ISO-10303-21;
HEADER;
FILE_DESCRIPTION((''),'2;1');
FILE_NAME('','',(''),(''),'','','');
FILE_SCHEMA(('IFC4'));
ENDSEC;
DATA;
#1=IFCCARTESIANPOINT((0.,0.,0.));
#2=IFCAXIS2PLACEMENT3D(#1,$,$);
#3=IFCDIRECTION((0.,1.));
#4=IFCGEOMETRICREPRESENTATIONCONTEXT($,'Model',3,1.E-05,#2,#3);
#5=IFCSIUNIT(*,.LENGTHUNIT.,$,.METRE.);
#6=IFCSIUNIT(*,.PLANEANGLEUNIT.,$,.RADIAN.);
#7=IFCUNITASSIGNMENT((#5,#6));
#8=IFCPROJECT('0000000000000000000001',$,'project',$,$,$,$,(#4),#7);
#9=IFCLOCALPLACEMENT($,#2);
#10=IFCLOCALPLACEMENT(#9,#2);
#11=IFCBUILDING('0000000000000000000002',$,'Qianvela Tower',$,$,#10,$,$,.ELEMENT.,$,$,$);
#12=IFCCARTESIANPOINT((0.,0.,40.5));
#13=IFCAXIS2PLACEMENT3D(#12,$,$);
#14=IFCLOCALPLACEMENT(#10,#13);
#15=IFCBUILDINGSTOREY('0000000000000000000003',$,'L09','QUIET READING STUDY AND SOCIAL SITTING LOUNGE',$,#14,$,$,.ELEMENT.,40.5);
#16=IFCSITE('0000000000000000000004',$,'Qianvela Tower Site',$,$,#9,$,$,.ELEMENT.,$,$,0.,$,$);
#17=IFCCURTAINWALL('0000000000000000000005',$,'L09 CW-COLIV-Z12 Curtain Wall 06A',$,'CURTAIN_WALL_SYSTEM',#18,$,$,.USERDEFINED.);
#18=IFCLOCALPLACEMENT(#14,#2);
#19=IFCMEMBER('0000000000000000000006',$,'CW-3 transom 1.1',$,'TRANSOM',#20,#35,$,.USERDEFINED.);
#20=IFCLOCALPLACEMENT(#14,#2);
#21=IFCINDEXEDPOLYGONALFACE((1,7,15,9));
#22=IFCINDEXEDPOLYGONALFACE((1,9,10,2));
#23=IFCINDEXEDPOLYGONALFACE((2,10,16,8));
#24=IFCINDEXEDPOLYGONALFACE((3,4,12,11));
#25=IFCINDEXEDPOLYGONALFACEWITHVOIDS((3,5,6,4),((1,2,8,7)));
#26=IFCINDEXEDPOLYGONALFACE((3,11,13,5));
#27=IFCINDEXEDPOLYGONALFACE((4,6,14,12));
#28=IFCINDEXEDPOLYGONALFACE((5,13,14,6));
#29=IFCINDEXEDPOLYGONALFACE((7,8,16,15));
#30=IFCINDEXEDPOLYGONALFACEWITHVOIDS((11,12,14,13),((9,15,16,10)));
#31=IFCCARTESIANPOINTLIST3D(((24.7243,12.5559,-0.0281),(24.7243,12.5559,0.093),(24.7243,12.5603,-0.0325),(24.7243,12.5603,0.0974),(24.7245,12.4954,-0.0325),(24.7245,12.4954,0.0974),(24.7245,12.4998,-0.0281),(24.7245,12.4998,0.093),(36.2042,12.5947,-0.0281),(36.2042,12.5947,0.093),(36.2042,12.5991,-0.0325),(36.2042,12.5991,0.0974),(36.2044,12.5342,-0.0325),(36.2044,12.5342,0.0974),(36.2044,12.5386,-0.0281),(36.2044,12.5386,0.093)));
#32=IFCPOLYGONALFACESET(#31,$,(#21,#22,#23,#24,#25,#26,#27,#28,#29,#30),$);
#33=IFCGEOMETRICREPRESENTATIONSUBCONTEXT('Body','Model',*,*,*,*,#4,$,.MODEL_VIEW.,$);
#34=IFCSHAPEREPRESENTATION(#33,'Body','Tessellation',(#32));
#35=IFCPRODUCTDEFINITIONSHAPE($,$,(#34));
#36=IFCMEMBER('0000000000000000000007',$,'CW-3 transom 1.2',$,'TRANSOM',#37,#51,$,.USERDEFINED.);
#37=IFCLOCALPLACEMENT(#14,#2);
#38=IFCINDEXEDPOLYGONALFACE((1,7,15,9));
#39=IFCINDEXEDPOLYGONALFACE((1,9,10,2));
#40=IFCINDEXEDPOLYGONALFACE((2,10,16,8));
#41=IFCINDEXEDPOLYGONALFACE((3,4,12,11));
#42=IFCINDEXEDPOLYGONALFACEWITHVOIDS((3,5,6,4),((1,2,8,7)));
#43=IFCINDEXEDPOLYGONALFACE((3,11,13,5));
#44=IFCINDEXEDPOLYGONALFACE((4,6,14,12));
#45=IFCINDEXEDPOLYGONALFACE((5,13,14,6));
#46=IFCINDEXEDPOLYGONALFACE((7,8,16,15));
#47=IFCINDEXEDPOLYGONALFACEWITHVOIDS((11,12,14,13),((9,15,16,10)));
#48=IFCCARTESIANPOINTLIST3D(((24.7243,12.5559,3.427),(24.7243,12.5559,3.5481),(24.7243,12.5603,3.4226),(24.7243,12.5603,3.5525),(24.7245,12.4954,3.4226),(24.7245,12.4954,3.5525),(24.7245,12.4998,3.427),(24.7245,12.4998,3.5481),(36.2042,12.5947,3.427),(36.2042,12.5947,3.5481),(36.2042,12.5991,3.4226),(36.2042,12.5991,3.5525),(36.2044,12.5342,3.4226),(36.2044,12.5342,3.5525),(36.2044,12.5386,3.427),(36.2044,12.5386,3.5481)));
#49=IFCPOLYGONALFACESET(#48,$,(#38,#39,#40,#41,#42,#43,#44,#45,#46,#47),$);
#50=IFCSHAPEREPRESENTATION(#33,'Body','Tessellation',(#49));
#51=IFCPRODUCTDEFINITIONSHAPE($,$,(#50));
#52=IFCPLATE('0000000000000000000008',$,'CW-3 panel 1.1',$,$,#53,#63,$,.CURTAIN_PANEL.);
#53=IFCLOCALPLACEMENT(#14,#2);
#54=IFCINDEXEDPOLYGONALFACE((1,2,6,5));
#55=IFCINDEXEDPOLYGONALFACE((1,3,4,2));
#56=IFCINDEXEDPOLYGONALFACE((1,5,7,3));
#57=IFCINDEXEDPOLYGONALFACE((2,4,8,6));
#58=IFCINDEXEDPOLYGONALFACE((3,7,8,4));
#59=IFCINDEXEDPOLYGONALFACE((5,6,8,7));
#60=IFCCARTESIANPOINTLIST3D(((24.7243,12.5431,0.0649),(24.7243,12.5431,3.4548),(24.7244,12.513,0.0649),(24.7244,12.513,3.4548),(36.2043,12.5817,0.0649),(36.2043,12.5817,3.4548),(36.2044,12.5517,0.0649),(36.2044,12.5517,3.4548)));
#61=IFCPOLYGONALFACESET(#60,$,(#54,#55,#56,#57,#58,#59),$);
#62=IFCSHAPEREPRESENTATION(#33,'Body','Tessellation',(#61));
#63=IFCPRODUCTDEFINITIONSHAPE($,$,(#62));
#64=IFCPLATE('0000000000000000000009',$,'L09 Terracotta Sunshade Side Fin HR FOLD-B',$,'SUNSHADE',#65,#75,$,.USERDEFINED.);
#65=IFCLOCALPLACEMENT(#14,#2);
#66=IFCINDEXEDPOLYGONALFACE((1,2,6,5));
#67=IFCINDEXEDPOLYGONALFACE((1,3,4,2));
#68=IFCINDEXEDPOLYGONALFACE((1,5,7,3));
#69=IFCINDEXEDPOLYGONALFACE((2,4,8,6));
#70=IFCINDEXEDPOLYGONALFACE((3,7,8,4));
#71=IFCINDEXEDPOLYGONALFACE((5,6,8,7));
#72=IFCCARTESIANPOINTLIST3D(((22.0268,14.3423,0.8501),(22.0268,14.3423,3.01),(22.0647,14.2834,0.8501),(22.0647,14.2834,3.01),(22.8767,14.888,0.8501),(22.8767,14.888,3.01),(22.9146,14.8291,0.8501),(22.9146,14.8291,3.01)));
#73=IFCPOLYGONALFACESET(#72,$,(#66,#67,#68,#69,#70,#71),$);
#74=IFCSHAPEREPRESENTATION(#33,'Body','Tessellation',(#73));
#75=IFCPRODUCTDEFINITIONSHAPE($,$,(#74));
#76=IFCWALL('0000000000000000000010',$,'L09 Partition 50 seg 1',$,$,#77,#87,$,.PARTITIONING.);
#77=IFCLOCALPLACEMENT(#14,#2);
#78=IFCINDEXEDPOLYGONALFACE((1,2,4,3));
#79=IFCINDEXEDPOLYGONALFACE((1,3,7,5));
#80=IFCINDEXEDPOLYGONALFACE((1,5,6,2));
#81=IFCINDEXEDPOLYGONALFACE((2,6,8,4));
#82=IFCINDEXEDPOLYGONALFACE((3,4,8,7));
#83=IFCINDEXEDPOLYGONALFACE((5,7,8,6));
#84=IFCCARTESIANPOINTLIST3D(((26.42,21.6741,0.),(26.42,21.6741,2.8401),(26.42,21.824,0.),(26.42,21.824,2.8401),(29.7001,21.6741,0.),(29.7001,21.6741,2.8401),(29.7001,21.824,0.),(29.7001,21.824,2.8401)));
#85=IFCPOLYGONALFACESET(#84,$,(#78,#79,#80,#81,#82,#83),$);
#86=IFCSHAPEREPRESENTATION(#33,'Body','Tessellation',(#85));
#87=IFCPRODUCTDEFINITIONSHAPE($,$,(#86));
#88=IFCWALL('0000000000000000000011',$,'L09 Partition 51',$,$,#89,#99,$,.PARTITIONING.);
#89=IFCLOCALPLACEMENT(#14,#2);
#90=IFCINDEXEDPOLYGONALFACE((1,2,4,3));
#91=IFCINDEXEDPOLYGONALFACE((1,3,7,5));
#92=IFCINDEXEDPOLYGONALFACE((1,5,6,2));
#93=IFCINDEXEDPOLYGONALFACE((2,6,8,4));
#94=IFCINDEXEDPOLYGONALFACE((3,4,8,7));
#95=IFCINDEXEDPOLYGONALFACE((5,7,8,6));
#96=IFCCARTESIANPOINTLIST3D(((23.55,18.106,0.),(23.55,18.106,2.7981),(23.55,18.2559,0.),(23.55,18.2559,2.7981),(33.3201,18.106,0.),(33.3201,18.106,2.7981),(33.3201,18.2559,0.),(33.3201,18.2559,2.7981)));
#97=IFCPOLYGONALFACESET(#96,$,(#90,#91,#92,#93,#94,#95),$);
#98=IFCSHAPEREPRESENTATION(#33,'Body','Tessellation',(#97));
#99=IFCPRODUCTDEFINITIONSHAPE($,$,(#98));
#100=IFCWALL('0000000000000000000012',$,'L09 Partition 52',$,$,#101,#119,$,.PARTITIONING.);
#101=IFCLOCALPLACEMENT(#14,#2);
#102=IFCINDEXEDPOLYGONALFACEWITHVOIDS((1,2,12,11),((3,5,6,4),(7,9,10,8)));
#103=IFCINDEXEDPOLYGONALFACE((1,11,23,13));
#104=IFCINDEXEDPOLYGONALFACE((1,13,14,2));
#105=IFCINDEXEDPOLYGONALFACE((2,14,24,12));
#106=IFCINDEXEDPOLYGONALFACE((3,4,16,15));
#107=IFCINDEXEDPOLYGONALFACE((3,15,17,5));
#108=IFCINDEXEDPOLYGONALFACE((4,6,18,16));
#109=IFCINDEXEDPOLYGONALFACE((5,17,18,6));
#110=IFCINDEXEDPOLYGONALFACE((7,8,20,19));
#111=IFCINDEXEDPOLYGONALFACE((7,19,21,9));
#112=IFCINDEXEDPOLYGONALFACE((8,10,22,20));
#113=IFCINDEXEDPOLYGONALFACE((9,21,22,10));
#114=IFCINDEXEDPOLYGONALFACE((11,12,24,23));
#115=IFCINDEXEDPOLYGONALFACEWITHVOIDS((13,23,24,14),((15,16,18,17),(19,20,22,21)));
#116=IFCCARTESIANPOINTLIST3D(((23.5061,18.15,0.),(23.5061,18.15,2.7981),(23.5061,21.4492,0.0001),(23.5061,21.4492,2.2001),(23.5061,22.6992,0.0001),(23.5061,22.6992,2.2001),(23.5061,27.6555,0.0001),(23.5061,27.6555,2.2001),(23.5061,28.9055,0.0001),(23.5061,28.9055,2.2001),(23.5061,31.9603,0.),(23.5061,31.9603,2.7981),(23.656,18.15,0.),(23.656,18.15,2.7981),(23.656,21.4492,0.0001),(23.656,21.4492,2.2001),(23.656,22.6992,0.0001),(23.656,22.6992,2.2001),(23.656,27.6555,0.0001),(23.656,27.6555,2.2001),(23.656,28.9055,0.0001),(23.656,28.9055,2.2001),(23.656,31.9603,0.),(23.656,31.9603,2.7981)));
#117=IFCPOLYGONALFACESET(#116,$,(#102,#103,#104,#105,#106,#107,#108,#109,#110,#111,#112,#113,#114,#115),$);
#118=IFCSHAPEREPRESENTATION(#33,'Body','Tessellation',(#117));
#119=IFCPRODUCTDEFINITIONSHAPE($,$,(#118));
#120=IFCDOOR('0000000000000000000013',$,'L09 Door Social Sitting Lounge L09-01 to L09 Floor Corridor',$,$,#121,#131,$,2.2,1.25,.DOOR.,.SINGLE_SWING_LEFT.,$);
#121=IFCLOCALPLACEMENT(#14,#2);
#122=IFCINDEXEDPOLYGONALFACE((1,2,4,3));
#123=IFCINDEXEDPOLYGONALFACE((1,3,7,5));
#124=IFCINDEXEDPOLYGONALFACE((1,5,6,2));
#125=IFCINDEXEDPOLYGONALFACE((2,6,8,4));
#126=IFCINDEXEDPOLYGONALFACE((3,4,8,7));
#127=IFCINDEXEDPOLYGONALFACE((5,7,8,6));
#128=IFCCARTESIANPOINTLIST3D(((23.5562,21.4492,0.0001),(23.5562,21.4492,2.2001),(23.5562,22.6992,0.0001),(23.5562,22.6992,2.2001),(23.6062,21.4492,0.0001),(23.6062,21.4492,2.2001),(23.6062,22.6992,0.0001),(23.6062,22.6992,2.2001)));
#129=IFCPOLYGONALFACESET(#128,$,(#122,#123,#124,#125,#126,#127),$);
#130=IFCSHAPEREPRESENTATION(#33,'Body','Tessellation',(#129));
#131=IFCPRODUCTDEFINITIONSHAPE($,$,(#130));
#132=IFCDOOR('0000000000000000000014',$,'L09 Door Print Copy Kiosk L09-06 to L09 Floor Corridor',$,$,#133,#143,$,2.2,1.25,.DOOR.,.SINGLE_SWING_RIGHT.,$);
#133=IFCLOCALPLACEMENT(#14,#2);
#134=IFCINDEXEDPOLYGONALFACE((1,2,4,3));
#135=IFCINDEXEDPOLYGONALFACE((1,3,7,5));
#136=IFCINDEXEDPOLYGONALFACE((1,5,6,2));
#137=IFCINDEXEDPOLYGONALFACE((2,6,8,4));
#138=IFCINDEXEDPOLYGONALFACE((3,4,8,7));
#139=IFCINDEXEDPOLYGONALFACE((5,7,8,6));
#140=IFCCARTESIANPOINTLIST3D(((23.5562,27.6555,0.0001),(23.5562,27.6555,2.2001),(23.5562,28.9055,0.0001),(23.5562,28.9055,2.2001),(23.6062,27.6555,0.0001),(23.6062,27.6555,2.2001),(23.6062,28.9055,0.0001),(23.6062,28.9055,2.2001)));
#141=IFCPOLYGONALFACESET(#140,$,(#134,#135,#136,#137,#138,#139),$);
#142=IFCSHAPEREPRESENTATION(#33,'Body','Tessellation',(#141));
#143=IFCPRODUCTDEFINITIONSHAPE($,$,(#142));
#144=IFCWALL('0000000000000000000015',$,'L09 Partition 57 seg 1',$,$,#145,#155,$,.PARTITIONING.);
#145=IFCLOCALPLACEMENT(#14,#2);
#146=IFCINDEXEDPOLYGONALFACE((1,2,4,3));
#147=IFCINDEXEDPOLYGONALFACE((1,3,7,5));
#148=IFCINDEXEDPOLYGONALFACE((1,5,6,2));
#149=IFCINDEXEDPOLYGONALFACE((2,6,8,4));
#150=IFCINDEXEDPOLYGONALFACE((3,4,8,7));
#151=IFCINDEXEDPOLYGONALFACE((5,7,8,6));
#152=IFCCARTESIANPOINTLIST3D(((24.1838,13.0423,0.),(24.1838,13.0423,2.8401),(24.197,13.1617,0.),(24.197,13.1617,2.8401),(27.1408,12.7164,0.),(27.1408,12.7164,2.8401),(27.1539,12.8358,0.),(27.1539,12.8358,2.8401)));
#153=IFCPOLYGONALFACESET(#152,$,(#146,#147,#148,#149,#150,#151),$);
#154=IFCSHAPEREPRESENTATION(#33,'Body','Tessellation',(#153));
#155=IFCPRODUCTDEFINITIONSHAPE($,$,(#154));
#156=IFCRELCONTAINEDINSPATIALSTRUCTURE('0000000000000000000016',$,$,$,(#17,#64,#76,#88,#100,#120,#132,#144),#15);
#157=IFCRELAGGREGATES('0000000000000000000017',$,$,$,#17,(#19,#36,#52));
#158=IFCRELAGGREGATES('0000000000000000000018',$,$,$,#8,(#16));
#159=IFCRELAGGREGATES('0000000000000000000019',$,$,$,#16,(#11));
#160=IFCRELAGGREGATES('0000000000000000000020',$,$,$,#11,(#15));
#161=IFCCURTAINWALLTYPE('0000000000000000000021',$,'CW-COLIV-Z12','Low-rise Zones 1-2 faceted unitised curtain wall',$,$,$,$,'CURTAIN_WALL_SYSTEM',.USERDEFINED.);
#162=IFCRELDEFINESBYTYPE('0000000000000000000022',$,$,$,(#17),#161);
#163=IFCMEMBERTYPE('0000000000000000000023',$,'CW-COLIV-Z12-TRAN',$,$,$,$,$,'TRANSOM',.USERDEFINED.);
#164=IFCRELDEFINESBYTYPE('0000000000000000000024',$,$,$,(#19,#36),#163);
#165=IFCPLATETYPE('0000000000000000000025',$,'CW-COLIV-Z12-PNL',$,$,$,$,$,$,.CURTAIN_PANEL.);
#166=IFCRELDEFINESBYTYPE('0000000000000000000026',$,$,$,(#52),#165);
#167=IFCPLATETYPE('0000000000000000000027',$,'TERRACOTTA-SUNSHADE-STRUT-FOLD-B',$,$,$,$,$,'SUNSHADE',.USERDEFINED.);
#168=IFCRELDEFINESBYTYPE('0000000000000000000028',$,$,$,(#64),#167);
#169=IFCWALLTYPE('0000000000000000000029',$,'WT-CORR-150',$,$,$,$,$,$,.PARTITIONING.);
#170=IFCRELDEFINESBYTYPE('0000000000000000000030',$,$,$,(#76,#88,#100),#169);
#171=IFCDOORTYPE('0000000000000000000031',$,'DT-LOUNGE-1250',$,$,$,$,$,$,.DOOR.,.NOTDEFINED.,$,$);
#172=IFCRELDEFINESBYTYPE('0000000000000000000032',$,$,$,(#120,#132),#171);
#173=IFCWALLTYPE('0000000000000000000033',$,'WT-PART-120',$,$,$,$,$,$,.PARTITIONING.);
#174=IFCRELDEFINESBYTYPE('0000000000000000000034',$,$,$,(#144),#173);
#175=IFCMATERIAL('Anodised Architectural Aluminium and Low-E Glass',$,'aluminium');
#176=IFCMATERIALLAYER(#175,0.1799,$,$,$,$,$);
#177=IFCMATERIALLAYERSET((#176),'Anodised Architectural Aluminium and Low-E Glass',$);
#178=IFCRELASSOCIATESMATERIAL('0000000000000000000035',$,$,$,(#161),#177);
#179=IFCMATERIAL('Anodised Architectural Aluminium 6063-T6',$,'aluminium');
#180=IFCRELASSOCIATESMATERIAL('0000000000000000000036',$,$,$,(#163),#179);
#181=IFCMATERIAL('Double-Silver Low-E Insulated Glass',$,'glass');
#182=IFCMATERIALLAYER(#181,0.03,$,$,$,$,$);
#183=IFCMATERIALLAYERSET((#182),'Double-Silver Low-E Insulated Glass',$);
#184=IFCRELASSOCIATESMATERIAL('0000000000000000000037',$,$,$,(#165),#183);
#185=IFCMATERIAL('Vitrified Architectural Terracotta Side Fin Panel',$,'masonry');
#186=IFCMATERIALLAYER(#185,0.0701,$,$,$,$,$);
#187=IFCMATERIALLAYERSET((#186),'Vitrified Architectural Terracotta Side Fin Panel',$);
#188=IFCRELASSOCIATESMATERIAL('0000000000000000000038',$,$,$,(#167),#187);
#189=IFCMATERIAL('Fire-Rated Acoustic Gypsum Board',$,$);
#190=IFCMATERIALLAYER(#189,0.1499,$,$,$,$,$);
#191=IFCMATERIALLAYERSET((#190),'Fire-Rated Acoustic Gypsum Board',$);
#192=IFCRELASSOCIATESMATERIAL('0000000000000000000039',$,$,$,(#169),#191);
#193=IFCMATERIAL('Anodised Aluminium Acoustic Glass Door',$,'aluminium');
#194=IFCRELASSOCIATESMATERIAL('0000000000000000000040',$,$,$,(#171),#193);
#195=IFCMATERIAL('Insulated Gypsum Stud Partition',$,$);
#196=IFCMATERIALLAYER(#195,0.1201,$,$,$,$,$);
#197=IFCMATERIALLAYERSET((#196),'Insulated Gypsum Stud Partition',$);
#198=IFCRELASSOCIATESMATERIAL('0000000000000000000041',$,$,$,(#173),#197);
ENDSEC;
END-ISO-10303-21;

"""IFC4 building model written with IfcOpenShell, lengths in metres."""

from ifc_helpers import new_model, si_unit, direction, frame, frame_2d, origin, origin_2d, place, context, subcontext, project, spatial, rectangle, hollow_rectangle, extrude, material, layer, layer_set, material_profile, profile_set, type_object, element, fill, aggregate, save


model = new_model("IFC4")

# Units and contexts
model_context = context("Model", 3, precision=1e-05, world=origin(), true_north=direction((0.0, 1.0)))
body_context = subcontext(model_context, "Body", "Model", "MODEL_VIEW")
ifc_project = project(units=[si_unit("LENGTHUNIT", "METRE"), si_unit("PLANEANGLEUNIT", "RADIAN")], contexts=[model_context])

# Site, building, storey
site_placement = place(None, origin())
site = spatial("IfcSite", under=ifc_project, at=site_placement, Name="Qianvela Tower Site", CompositionType="ELEMENT", RefElevation=0.0)
building_placement = place(site_placement, origin())
building = spatial("IfcBuilding", under=site, at=building_placement, Name="Qianvela Tower", CompositionType="ELEMENT")
storey_placement = place(building_placement, frame((0.0, 0.0, 40.5)))
storey = spatial("IfcBuildingStorey", under=building, at=storey_placement, Name="L09", Description="QUIET READING STUDY AND SOCIAL SITTING LOUNGE", CompositionType="ELEMENT", Elevation=40.5)

# Curtain wall, members, plate
ifc_material_1 = material(Name="Anodised Architectural Aluminium and Low-E Glass", Category="aluminium")
ifc_layer_1 = layer(ifc_material_1, 0.1799)
ifc_layer_set_1 = layer_set([ifc_layer_1], Name="Anodised Architectural Aluminium and Low-E Glass")
curtain_wall_type = type_object("IfcCurtainWallType", Name="CW-COLIV-Z12", Description="Low-rise Zones 1-2 faceted unitised curtain wall", ElementType="CURTAIN_WALL_SYSTEM", PredefinedType="USERDEFINED", material=ifc_layer_set_1)
curtain_wall_placement = place(storey_placement, origin())
curtain_wall = element("IfcCurtainWall", 1, at=curtain_wall_placement, inside=storey, type_object=curtain_wall_type, Name="L09 CW-COLIV-Z12 Curtain Wall 06A", ObjectType="CURTAIN_WALL_SYSTEM", PredefinedType="USERDEFINED")
ifc_material_2 = material(Name="Anodised Architectural Aluminium 6063-T6", Category="aluminium")
ifc_material_profile_1 = material_profile(ifc_material_2, hollow_rectangle(XDim=0.0649, YDim=0.1299, WallThickness=0.0044, at=origin_2d()), Name="ALU-TRAN-65x130")
ifc_profile_set_1 = profile_set([ifc_material_profile_1], Name="Anodised Architectural Aluminium 6063-T6")
member_type_1 = type_object("IfcMemberType", Name="CW-COLIV-Z12-TRAN", ElementType="TRANSOM", PredefinedType="USERDEFINED", material=ifc_profile_set_1)
member_1_placement = place(storey_placement, frame((24.7244, 12.5278, 0.0325), z_axis=(0.999994, 0.003381, 0.0), x_axis=(-0.003381, 0.999994, 0.0)))
member_1 = element("IfcMember", 2, at=member_1_placement, type_object=member_type_1, Name="CW-3 transom 1.1", ObjectType="TRANSOM", PredefinedType="USERDEFINED", context=body_context, shape_type="SweptSolid", body=[
    extrude(hollow_rectangle(XDim=0.0649, YDim=0.1299, WallThickness=0.0044, at=origin_2d()), origin(), (0.0, 0.0, 1.0), 11.48),
])
member_2_placement = place(storey_placement, frame((24.7244, 12.5278, 3.4875), z_axis=(0.999994, 0.003381, 0.0), x_axis=(-0.003381, 0.999994, 0.0)))
member_2 = element("IfcMember", 3, at=member_2_placement, type_object=member_type_1, Name="CW-3 transom 1.2", ObjectType="TRANSOM", PredefinedType="USERDEFINED", context=body_context, shape_type="SweptSolid", body=[
    extrude(hollow_rectangle(XDim=0.0649, YDim=0.1299, WallThickness=0.0044, at=origin_2d()), origin(), (0.0, 0.0, 1.0), 11.48),
])
ifc_material_3 = material(Name="Double-Silver Low-E Insulated Glass", Category="glass")
ifc_layer_2 = layer(ifc_material_3, 0.03)
ifc_layer_set_2 = layer_set([ifc_layer_2], Name="Double-Silver Low-E Insulated Glass")
plate_type_1 = type_object("IfcPlateType", Name="CW-COLIV-Z12-PNL", PredefinedType="CURTAIN_PANEL", material=ifc_layer_set_2)
plate_1_placement = place(storey_placement, frame((30.4644, 12.5474, 0.0649), z_axis=(0.0, 0.0, 1.0), x_axis=(0.999994, 0.003365, 0.0)))
plate_1 = element("IfcPlate", 4, at=plate_1_placement, type_object=plate_type_1, Name="CW-3 panel 1.1", PredefinedType="CURTAIN_PANEL", context=body_context, shape_type="SweptSolid", body=[
    extrude(rectangle(XDim=11.48, YDim=0.03, at=origin_2d()), origin(), (0.0, 0.0, 1.0), 3.3899),
])
aggregate(curtain_wall, [member_1, member_2, plate_1])

# Plate
ifc_material_4 = material(Name="Vitrified Architectural Terracotta Side Fin Panel", Category="masonry")
ifc_layer_3 = layer(ifc_material_4, 0.0701)
ifc_layer_set_3 = layer_set([ifc_layer_3], Name="Vitrified Architectural Terracotta Side Fin Panel")
plate_type_2 = type_object("IfcPlateType", Name="TERRACOTTA-SUNSHADE-STRUT-FOLD-B", ElementType="SUNSHADE", PredefinedType="USERDEFINED", material=ifc_layer_set_3)
plate_2_placement = place(storey_placement, frame((22.4707, 14.5857, 0.8501), z_axis=(0.0, 0.0, 1.0), x_axis=(0.540301, -0.841472, 0.0)))
element("IfcPlate", 5, at=plate_2_placement, inside=storey, type_object=plate_type_2, Name="L09 Terracotta Sunshade Side Fin HR FOLD-B", ObjectType="SUNSHADE", PredefinedType="USERDEFINED", context=body_context, shape_type="SweptSolid", body=[
    extrude(rectangle(XDim=0.0701, YDim=1.01, at=origin_2d()), origin(), (0.0, 0.0, 1.0), 2.1599),
])

# Walls
ifc_material_5 = material(Name="Fire-Rated Acoustic Gypsum Board")
ifc_layer_4 = layer(ifc_material_5, 0.1499)
ifc_layer_set_4 = layer_set([ifc_layer_4], Name="Fire-Rated Acoustic Gypsum Board")
wall_type_1 = type_object("IfcWallType", Name="WT-CORR-150", PredefinedType="PARTITIONING", material=ifc_layer_set_4)
wall_1_placement = place(storey_placement, frame((26.4199, 21.749, 0.0), z_axis=(0.0, 0.0, 1.0), x_axis=(1.0, 0.0, 0.0)))
element("IfcWall", 6, at=wall_1_placement, inside=storey, type_object=wall_type_1, Name="L09 Partition 50 seg 1", PredefinedType="PARTITIONING", context=body_context, shape_type="SweptSolid", body=[
    extrude(rectangle(XDim=3.28, YDim=0.1499, at=frame_2d((1.6401, 0.0))), origin(), (0.0, 0.0, 1.0), 2.8401),
])
wall_2_placement = place(storey_placement, frame((33.3201, 18.1809, 0.0), z_axis=(0.0, 0.0, 1.0), x_axis=(-1.0, 0.0, 0.0)))
element("IfcWall", 7, at=wall_2_placement, inside=storey, type_object=wall_type_1, Name="L09 Partition 51", PredefinedType="PARTITIONING", context=body_context, shape_type="SweptSolid", body=[
    extrude(rectangle(XDim=9.77, YDim=0.1499, at=frame_2d((4.885, 0.0))), origin(), (0.0, 0.0, 1.0), 2.7981),
])

# Wall, openings, doors
wall_3_placement = place(storey_placement, frame((23.5811, 18.1499, 0.0), z_axis=(0.0, 0.0, 1.0), x_axis=(0.0, 1.0, 0.0)))
wall_3 = element("IfcWall", 8, at=wall_3_placement, inside=storey, type_object=wall_type_1, Name="L09 Partition 52", PredefinedType="PARTITIONING", context=body_context, shape_type="SweptSolid", body=[
    extrude(rectangle(XDim=13.8103, YDim=0.1499, at=frame_2d((6.9053, 0.0))), origin(), (0.0, 0.0, 1.0), 2.7981),
])
opening_1_placement = place(wall_3_placement, frame((3.2993, 0.0, 0.0)))
opening_1 = element("IfcOpeningElement", 9, at=opening_1_placement, cuts=wall_3, PredefinedType="OPENING", context=body_context, shape_type="SweptSolid", body=[
    extrude(rectangle(XDim=1.25, YDim=2.2, at=frame_2d((0.625, 1.1001))), frame((0.0, 0.085, 0.0), z_axis=(0.0, -1.0, 0.0), x_axis=(1.0, 0.0, 0.0)), (0.0, 0.0, 1.0), 0.1699),
])
opening_2_placement = place(wall_3_placement, frame((9.5056, 0.0, 0.0)))
opening_2 = element("IfcOpeningElement", 10, at=opening_2_placement, cuts=wall_3, PredefinedType="OPENING", context=body_context, shape_type="SweptSolid", body=[
    extrude(rectangle(XDim=1.25, YDim=2.2, at=frame_2d((0.625, 1.1001))), frame((0.0, 0.085, 0.0), z_axis=(0.0, -1.0, 0.0), x_axis=(1.0, 0.0, 0.0)), (0.0, 0.0, 1.0), 0.1699),
])
ifc_material_6 = material(Name="Anodised Aluminium Acoustic Glass Door", Category="aluminium")
door_type = type_object("IfcDoorType", Name="DT-LOUNGE-1250", OperationType="NOTDEFINED", PredefinedType="DOOR", material=ifc_material_6)
door_1_placement = place(opening_1_placement, origin())
door_1 = element("IfcDoor", 11, at=door_1_placement, inside=storey, type_object=door_type, Name="L09 Door Social Sitting Lounge L09-01 to L09 Floor Corridor", OperationType="SINGLE_SWING_LEFT", OverallHeight=2.2, OverallWidth=1.25, PredefinedType="DOOR", context=body_context, shape_type="SweptSolid", body=[
    extrude(rectangle(XDim=1.25, YDim=2.2, at=frame_2d((0.625, 1.1001))), frame((0.0, 0.0249, 0.0), z_axis=(0.0, -1.0, 0.0), x_axis=(1.0, 0.0, 0.0)), (0.0, 0.0, 1.0), 0.05),
])
fill(opening_1, door_1)
door_2_placement = place(opening_2_placement, origin())
door_2 = element("IfcDoor", 12, at=door_2_placement, inside=storey, type_object=door_type, Name="L09 Door Print Copy Kiosk L09-06 to L09 Floor Corridor", OperationType="SINGLE_SWING_RIGHT", OverallHeight=2.2, OverallWidth=1.25, PredefinedType="DOOR", context=body_context, shape_type="SweptSolid", body=[
    extrude(rectangle(XDim=1.25, YDim=2.2, at=frame_2d((0.625, 1.1001))), frame((0.0, 0.0249, 0.0), z_axis=(0.0, -1.0, 0.0), x_axis=(1.0, 0.0, 0.0)), (0.0, 0.0, 1.0), 0.05),
])
fill(opening_2, door_2)

# Wall
ifc_material_7 = material(Name="Insulated Gypsum Stud Partition")
ifc_layer_5 = layer(ifc_material_7, 0.1201)
ifc_layer_set_5 = layer_set([ifc_layer_5], Name="Insulated Gypsum Stud Partition")
wall_type_2 = type_object("IfcWallType", Name="WT-PART-120", PredefinedType="PARTITIONING", material=ifc_layer_set_5)
wall_4_placement = place(storey_placement, frame((27.1472, 12.7761, 0.0), z_axis=(0.0, 0.0, 1.0), x_axis=(-0.99398, 0.109558, 0.0)))
element("IfcWall", 13, at=wall_4_placement, inside=storey, type_object=wall_type_2, Name="L09 Partition 57 seg 1", PredefinedType="PARTITIONING", context=body_context, shape_type="SweptSolid", body=[
    extrude(rectangle(XDim=2.9749, YDim=0.1201, at=frame_2d((1.4873, 0.0))), origin(), (0.0, 0.0, 1.0), 2.8401),
])

save(model, "model.ifc")
